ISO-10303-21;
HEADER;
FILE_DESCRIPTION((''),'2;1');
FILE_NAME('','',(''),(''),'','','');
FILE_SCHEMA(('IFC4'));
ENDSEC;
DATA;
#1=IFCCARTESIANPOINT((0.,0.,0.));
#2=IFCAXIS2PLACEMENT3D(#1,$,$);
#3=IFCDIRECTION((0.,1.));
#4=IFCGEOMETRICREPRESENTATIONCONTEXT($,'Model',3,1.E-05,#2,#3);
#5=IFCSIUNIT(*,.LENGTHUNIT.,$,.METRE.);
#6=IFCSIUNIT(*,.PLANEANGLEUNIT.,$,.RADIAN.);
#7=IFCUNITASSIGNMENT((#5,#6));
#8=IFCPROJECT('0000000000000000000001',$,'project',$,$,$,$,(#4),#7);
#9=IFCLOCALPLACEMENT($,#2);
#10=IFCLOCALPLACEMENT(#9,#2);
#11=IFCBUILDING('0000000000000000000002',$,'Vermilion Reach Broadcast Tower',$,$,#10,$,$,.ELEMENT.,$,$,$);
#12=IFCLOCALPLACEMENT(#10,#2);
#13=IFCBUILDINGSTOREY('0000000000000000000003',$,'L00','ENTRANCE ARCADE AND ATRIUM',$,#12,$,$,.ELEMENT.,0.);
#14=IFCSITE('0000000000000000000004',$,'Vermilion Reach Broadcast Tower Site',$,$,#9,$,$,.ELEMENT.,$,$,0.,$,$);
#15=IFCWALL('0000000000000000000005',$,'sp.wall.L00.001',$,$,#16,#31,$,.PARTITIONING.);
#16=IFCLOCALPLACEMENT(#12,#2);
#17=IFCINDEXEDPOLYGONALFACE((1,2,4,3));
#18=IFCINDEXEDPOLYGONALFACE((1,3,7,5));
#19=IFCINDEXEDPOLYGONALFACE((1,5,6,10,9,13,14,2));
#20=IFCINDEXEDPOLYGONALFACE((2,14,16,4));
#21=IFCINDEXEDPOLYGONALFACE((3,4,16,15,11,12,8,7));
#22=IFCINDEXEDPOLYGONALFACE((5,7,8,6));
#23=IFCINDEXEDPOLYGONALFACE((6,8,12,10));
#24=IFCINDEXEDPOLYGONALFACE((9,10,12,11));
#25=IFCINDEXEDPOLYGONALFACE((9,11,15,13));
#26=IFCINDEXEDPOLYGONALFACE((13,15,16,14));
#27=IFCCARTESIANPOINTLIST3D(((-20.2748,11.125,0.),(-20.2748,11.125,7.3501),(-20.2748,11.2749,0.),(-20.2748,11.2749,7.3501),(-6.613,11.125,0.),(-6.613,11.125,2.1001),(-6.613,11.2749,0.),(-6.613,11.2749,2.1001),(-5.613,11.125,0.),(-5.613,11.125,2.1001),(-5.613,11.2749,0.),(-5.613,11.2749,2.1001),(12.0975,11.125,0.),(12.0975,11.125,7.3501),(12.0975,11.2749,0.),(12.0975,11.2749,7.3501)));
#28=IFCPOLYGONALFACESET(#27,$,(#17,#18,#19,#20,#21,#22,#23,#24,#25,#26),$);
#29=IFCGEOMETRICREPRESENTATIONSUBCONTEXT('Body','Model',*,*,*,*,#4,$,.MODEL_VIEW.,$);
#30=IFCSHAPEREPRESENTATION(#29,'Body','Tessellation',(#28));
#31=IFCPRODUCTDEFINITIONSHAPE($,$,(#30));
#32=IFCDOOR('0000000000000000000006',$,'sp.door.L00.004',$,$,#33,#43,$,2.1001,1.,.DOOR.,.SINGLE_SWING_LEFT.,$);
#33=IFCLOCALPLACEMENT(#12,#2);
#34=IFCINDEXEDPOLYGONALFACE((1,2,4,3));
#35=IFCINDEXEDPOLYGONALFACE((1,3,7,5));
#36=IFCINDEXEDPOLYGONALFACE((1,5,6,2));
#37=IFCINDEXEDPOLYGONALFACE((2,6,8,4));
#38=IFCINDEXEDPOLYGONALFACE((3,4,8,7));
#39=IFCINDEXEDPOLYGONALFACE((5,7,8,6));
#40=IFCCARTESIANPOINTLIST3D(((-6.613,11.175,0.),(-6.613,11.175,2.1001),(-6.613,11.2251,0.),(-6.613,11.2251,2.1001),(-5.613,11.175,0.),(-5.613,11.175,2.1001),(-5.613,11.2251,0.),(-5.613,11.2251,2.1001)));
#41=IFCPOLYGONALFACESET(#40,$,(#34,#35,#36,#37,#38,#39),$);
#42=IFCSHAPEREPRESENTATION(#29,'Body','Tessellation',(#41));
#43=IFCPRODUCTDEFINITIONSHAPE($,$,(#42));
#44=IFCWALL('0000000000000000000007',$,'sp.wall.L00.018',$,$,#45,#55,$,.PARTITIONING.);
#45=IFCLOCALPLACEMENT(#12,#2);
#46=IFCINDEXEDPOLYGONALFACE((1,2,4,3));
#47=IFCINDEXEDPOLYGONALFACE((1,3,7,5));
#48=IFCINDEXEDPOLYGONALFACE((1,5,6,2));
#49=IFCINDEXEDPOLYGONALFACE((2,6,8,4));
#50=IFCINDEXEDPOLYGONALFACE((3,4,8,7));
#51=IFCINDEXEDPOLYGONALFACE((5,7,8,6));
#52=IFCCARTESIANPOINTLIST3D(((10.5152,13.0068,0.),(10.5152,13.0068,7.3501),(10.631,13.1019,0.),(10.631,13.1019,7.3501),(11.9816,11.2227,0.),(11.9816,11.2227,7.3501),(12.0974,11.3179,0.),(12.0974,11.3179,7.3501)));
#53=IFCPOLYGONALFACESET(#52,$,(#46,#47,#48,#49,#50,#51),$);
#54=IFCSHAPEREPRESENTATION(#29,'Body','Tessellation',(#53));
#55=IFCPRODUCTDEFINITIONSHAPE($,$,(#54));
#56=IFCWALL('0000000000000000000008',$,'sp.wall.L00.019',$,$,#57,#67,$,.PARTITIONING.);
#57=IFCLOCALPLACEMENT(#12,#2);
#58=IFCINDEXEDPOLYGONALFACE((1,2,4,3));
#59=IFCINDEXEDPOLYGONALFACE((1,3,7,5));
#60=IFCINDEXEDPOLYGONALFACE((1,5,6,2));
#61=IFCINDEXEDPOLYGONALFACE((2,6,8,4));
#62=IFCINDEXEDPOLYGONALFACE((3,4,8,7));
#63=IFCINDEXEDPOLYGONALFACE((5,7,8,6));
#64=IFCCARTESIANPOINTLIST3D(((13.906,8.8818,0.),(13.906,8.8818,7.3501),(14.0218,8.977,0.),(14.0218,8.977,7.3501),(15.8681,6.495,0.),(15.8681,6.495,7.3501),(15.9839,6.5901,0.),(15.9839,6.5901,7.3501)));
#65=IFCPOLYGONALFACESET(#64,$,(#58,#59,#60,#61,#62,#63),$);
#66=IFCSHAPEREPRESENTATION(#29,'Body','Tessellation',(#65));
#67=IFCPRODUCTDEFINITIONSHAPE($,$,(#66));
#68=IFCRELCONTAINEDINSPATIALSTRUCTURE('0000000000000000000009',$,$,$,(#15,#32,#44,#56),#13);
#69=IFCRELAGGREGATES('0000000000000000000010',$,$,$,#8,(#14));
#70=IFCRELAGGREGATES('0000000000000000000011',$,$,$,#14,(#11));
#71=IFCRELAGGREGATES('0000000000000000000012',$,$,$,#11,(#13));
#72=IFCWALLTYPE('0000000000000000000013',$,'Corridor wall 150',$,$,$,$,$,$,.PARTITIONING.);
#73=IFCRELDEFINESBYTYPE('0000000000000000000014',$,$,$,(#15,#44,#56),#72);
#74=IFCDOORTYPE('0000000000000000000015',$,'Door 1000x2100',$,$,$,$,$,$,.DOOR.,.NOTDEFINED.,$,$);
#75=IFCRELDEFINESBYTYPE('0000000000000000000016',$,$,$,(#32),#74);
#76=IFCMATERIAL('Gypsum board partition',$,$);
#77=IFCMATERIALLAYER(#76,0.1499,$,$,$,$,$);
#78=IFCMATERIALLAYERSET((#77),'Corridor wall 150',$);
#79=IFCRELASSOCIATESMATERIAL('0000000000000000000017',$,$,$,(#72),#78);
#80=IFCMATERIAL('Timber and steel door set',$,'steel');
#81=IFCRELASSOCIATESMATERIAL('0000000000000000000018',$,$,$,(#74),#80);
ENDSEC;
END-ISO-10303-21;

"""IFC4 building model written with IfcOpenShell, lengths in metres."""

from ifc_helpers import new_model, si_unit, direction, frame, frame_2d, origin, place, context, subcontext, project, spatial, rectangle, extrude, material, layer, layer_set, type_object, element, fill, save


model = new_model("IFC4")

# Units and contexts
model_context = context("Model", 3, precision=1e-05, world=origin(), true_north=direction((0.0, 1.0)))
body_context = subcontext(model_context, "Body", "Model", "MODEL_VIEW")
ifc_project = project(units=[si_unit("LENGTHUNIT", "METRE"), si_unit("PLANEANGLEUNIT", "RADIAN")], contexts=[model_context])

# Site, building, storey
site_placement = place(None, origin())
site = spatial("IfcSite", under=ifc_project, at=site_placement, Name="Vermilion Reach Broadcast Tower Site", CompositionType="ELEMENT", RefElevation=0.0)
building_placement = place(site_placement, origin())
building = spatial("IfcBuilding", under=site, at=building_placement, Name="Vermilion Reach Broadcast Tower", CompositionType="ELEMENT")
storey_placement = place(building_placement, origin())
storey = spatial("IfcBuildingStorey", under=building, at=storey_placement, Name="L00", Description="ENTRANCE ARCADE AND ATRIUM", CompositionType="ELEMENT", Elevation=0.0)

# Wall, opening, door
ifc_material_1 = material(Name="Gypsum board partition")
ifc_layer_1 = layer(ifc_material_1, 0.1499)
ifc_layer_set_1 = layer_set([ifc_layer_1], Name="Corridor wall 150")
wall_type_1 = type_object("IfcWallType", Name="Corridor wall 150", PredefinedType="PARTITIONING", material=ifc_layer_set_1)
wall_1_placement = place(storey_placement, frame((12.0974, 11.2, 0.0), z_axis=(0.0, 0.0, 1.0), x_axis=(-1.0, 0.0, 0.0)))
wall_1 = element("IfcWall", 1, at=wall_1_placement, inside=storey, type_object=wall_type_1, Name="sp.wall.L00.001", PredefinedType="PARTITIONING", context=body_context, shape_type="SweptSolid", body=[
    extrude(rectangle(XDim=32.3723, YDim=0.1499, at=frame_2d((16.186, 0.0))), origin(), (0.0, 0.0, 1.0), 7.3501),
])
opening_1_placement = place(wall_1_placement, frame((17.7104, 0.0, 0.0)))
opening_1 = element("IfcOpeningElement", 2, at=opening_1_placement, cuts=wall_1, PredefinedType="OPENING", context=body_context, shape_type="SweptSolid", body=[
    extrude(rectangle(XDim=1.0, YDim=2.1001, at=frame_2d((0.5, 1.05))), frame((0.0, 0.085, 0.0), z_axis=(0.0, -1.0, 0.0), x_axis=(1.0, 0.0, 0.0)), (0.0, 0.0, 1.0), 0.1699),
])
ifc_material_2 = material(Name="Timber and steel door set", Category="steel")
door_type_1 = type_object("IfcDoorType", Name="Door 1000x2100", OperationType="NOTDEFINED", PredefinedType="DOOR", material=ifc_material_2)
door_1_placement = place(opening_1_placement, origin())
door_1 = element("IfcDoor", 3, at=door_1_placement, inside=storey, type_object=door_type_1, Name="sp.door.L00.004", OperationType="SINGLE_SWING_LEFT", OverallHeight=2.1001, OverallWidth=1.0, PredefinedType="DOOR", context=body_context, shape_type="SweptSolid", body=[
    extrude(rectangle(XDim=1.0, YDim=2.1001, at=frame_2d((0.5, 1.05))), frame((0.0, 0.0249, 0.0), z_axis=(0.0, -1.0, 0.0), x_axis=(1.0, 0.0, 0.0)), (0.0, 0.0, 1.0), 0.05),
])
fill(opening_1, door_1)

# Walls
wall_2_placement = place(storey_placement, frame((10.573, 13.0544, 0.0), z_axis=(0.0, 0.0, 1.0), x_axis=(0.634981, -0.772528, 0.0)))
element("IfcWall", 4, at=wall_2_placement, inside=storey, type_object=wall_type_1, Name="sp.wall.L00.018", PredefinedType="PARTITIONING", context=body_context, shape_type="SweptSolid", body=[
    extrude(rectangle(XDim=2.3093, YDim=0.1499, at=frame_2d((1.1548, 0.0))), origin(), (0.0, 0.0, 1.0), 7.3501),
])
wall_3_placement = place(storey_placement, frame((13.9639, 8.9294, 0.0), z_axis=(0.0, 0.0, 1.0), x_axis=(0.635017, -0.772498, 0.0)))
element("IfcWall", 5, at=wall_3_placement, inside=storey, type_object=wall_type_1, Name="sp.wall.L00.019", PredefinedType="PARTITIONING", context=body_context, shape_type="SweptSolid", body=[
    extrude(rectangle(XDim=3.0898, YDim=0.1499, at=frame_2d((1.5449, 0.0))), origin(), (0.0, 0.0, 1.0), 7.3501),
])

save(model, "model.ifc")
